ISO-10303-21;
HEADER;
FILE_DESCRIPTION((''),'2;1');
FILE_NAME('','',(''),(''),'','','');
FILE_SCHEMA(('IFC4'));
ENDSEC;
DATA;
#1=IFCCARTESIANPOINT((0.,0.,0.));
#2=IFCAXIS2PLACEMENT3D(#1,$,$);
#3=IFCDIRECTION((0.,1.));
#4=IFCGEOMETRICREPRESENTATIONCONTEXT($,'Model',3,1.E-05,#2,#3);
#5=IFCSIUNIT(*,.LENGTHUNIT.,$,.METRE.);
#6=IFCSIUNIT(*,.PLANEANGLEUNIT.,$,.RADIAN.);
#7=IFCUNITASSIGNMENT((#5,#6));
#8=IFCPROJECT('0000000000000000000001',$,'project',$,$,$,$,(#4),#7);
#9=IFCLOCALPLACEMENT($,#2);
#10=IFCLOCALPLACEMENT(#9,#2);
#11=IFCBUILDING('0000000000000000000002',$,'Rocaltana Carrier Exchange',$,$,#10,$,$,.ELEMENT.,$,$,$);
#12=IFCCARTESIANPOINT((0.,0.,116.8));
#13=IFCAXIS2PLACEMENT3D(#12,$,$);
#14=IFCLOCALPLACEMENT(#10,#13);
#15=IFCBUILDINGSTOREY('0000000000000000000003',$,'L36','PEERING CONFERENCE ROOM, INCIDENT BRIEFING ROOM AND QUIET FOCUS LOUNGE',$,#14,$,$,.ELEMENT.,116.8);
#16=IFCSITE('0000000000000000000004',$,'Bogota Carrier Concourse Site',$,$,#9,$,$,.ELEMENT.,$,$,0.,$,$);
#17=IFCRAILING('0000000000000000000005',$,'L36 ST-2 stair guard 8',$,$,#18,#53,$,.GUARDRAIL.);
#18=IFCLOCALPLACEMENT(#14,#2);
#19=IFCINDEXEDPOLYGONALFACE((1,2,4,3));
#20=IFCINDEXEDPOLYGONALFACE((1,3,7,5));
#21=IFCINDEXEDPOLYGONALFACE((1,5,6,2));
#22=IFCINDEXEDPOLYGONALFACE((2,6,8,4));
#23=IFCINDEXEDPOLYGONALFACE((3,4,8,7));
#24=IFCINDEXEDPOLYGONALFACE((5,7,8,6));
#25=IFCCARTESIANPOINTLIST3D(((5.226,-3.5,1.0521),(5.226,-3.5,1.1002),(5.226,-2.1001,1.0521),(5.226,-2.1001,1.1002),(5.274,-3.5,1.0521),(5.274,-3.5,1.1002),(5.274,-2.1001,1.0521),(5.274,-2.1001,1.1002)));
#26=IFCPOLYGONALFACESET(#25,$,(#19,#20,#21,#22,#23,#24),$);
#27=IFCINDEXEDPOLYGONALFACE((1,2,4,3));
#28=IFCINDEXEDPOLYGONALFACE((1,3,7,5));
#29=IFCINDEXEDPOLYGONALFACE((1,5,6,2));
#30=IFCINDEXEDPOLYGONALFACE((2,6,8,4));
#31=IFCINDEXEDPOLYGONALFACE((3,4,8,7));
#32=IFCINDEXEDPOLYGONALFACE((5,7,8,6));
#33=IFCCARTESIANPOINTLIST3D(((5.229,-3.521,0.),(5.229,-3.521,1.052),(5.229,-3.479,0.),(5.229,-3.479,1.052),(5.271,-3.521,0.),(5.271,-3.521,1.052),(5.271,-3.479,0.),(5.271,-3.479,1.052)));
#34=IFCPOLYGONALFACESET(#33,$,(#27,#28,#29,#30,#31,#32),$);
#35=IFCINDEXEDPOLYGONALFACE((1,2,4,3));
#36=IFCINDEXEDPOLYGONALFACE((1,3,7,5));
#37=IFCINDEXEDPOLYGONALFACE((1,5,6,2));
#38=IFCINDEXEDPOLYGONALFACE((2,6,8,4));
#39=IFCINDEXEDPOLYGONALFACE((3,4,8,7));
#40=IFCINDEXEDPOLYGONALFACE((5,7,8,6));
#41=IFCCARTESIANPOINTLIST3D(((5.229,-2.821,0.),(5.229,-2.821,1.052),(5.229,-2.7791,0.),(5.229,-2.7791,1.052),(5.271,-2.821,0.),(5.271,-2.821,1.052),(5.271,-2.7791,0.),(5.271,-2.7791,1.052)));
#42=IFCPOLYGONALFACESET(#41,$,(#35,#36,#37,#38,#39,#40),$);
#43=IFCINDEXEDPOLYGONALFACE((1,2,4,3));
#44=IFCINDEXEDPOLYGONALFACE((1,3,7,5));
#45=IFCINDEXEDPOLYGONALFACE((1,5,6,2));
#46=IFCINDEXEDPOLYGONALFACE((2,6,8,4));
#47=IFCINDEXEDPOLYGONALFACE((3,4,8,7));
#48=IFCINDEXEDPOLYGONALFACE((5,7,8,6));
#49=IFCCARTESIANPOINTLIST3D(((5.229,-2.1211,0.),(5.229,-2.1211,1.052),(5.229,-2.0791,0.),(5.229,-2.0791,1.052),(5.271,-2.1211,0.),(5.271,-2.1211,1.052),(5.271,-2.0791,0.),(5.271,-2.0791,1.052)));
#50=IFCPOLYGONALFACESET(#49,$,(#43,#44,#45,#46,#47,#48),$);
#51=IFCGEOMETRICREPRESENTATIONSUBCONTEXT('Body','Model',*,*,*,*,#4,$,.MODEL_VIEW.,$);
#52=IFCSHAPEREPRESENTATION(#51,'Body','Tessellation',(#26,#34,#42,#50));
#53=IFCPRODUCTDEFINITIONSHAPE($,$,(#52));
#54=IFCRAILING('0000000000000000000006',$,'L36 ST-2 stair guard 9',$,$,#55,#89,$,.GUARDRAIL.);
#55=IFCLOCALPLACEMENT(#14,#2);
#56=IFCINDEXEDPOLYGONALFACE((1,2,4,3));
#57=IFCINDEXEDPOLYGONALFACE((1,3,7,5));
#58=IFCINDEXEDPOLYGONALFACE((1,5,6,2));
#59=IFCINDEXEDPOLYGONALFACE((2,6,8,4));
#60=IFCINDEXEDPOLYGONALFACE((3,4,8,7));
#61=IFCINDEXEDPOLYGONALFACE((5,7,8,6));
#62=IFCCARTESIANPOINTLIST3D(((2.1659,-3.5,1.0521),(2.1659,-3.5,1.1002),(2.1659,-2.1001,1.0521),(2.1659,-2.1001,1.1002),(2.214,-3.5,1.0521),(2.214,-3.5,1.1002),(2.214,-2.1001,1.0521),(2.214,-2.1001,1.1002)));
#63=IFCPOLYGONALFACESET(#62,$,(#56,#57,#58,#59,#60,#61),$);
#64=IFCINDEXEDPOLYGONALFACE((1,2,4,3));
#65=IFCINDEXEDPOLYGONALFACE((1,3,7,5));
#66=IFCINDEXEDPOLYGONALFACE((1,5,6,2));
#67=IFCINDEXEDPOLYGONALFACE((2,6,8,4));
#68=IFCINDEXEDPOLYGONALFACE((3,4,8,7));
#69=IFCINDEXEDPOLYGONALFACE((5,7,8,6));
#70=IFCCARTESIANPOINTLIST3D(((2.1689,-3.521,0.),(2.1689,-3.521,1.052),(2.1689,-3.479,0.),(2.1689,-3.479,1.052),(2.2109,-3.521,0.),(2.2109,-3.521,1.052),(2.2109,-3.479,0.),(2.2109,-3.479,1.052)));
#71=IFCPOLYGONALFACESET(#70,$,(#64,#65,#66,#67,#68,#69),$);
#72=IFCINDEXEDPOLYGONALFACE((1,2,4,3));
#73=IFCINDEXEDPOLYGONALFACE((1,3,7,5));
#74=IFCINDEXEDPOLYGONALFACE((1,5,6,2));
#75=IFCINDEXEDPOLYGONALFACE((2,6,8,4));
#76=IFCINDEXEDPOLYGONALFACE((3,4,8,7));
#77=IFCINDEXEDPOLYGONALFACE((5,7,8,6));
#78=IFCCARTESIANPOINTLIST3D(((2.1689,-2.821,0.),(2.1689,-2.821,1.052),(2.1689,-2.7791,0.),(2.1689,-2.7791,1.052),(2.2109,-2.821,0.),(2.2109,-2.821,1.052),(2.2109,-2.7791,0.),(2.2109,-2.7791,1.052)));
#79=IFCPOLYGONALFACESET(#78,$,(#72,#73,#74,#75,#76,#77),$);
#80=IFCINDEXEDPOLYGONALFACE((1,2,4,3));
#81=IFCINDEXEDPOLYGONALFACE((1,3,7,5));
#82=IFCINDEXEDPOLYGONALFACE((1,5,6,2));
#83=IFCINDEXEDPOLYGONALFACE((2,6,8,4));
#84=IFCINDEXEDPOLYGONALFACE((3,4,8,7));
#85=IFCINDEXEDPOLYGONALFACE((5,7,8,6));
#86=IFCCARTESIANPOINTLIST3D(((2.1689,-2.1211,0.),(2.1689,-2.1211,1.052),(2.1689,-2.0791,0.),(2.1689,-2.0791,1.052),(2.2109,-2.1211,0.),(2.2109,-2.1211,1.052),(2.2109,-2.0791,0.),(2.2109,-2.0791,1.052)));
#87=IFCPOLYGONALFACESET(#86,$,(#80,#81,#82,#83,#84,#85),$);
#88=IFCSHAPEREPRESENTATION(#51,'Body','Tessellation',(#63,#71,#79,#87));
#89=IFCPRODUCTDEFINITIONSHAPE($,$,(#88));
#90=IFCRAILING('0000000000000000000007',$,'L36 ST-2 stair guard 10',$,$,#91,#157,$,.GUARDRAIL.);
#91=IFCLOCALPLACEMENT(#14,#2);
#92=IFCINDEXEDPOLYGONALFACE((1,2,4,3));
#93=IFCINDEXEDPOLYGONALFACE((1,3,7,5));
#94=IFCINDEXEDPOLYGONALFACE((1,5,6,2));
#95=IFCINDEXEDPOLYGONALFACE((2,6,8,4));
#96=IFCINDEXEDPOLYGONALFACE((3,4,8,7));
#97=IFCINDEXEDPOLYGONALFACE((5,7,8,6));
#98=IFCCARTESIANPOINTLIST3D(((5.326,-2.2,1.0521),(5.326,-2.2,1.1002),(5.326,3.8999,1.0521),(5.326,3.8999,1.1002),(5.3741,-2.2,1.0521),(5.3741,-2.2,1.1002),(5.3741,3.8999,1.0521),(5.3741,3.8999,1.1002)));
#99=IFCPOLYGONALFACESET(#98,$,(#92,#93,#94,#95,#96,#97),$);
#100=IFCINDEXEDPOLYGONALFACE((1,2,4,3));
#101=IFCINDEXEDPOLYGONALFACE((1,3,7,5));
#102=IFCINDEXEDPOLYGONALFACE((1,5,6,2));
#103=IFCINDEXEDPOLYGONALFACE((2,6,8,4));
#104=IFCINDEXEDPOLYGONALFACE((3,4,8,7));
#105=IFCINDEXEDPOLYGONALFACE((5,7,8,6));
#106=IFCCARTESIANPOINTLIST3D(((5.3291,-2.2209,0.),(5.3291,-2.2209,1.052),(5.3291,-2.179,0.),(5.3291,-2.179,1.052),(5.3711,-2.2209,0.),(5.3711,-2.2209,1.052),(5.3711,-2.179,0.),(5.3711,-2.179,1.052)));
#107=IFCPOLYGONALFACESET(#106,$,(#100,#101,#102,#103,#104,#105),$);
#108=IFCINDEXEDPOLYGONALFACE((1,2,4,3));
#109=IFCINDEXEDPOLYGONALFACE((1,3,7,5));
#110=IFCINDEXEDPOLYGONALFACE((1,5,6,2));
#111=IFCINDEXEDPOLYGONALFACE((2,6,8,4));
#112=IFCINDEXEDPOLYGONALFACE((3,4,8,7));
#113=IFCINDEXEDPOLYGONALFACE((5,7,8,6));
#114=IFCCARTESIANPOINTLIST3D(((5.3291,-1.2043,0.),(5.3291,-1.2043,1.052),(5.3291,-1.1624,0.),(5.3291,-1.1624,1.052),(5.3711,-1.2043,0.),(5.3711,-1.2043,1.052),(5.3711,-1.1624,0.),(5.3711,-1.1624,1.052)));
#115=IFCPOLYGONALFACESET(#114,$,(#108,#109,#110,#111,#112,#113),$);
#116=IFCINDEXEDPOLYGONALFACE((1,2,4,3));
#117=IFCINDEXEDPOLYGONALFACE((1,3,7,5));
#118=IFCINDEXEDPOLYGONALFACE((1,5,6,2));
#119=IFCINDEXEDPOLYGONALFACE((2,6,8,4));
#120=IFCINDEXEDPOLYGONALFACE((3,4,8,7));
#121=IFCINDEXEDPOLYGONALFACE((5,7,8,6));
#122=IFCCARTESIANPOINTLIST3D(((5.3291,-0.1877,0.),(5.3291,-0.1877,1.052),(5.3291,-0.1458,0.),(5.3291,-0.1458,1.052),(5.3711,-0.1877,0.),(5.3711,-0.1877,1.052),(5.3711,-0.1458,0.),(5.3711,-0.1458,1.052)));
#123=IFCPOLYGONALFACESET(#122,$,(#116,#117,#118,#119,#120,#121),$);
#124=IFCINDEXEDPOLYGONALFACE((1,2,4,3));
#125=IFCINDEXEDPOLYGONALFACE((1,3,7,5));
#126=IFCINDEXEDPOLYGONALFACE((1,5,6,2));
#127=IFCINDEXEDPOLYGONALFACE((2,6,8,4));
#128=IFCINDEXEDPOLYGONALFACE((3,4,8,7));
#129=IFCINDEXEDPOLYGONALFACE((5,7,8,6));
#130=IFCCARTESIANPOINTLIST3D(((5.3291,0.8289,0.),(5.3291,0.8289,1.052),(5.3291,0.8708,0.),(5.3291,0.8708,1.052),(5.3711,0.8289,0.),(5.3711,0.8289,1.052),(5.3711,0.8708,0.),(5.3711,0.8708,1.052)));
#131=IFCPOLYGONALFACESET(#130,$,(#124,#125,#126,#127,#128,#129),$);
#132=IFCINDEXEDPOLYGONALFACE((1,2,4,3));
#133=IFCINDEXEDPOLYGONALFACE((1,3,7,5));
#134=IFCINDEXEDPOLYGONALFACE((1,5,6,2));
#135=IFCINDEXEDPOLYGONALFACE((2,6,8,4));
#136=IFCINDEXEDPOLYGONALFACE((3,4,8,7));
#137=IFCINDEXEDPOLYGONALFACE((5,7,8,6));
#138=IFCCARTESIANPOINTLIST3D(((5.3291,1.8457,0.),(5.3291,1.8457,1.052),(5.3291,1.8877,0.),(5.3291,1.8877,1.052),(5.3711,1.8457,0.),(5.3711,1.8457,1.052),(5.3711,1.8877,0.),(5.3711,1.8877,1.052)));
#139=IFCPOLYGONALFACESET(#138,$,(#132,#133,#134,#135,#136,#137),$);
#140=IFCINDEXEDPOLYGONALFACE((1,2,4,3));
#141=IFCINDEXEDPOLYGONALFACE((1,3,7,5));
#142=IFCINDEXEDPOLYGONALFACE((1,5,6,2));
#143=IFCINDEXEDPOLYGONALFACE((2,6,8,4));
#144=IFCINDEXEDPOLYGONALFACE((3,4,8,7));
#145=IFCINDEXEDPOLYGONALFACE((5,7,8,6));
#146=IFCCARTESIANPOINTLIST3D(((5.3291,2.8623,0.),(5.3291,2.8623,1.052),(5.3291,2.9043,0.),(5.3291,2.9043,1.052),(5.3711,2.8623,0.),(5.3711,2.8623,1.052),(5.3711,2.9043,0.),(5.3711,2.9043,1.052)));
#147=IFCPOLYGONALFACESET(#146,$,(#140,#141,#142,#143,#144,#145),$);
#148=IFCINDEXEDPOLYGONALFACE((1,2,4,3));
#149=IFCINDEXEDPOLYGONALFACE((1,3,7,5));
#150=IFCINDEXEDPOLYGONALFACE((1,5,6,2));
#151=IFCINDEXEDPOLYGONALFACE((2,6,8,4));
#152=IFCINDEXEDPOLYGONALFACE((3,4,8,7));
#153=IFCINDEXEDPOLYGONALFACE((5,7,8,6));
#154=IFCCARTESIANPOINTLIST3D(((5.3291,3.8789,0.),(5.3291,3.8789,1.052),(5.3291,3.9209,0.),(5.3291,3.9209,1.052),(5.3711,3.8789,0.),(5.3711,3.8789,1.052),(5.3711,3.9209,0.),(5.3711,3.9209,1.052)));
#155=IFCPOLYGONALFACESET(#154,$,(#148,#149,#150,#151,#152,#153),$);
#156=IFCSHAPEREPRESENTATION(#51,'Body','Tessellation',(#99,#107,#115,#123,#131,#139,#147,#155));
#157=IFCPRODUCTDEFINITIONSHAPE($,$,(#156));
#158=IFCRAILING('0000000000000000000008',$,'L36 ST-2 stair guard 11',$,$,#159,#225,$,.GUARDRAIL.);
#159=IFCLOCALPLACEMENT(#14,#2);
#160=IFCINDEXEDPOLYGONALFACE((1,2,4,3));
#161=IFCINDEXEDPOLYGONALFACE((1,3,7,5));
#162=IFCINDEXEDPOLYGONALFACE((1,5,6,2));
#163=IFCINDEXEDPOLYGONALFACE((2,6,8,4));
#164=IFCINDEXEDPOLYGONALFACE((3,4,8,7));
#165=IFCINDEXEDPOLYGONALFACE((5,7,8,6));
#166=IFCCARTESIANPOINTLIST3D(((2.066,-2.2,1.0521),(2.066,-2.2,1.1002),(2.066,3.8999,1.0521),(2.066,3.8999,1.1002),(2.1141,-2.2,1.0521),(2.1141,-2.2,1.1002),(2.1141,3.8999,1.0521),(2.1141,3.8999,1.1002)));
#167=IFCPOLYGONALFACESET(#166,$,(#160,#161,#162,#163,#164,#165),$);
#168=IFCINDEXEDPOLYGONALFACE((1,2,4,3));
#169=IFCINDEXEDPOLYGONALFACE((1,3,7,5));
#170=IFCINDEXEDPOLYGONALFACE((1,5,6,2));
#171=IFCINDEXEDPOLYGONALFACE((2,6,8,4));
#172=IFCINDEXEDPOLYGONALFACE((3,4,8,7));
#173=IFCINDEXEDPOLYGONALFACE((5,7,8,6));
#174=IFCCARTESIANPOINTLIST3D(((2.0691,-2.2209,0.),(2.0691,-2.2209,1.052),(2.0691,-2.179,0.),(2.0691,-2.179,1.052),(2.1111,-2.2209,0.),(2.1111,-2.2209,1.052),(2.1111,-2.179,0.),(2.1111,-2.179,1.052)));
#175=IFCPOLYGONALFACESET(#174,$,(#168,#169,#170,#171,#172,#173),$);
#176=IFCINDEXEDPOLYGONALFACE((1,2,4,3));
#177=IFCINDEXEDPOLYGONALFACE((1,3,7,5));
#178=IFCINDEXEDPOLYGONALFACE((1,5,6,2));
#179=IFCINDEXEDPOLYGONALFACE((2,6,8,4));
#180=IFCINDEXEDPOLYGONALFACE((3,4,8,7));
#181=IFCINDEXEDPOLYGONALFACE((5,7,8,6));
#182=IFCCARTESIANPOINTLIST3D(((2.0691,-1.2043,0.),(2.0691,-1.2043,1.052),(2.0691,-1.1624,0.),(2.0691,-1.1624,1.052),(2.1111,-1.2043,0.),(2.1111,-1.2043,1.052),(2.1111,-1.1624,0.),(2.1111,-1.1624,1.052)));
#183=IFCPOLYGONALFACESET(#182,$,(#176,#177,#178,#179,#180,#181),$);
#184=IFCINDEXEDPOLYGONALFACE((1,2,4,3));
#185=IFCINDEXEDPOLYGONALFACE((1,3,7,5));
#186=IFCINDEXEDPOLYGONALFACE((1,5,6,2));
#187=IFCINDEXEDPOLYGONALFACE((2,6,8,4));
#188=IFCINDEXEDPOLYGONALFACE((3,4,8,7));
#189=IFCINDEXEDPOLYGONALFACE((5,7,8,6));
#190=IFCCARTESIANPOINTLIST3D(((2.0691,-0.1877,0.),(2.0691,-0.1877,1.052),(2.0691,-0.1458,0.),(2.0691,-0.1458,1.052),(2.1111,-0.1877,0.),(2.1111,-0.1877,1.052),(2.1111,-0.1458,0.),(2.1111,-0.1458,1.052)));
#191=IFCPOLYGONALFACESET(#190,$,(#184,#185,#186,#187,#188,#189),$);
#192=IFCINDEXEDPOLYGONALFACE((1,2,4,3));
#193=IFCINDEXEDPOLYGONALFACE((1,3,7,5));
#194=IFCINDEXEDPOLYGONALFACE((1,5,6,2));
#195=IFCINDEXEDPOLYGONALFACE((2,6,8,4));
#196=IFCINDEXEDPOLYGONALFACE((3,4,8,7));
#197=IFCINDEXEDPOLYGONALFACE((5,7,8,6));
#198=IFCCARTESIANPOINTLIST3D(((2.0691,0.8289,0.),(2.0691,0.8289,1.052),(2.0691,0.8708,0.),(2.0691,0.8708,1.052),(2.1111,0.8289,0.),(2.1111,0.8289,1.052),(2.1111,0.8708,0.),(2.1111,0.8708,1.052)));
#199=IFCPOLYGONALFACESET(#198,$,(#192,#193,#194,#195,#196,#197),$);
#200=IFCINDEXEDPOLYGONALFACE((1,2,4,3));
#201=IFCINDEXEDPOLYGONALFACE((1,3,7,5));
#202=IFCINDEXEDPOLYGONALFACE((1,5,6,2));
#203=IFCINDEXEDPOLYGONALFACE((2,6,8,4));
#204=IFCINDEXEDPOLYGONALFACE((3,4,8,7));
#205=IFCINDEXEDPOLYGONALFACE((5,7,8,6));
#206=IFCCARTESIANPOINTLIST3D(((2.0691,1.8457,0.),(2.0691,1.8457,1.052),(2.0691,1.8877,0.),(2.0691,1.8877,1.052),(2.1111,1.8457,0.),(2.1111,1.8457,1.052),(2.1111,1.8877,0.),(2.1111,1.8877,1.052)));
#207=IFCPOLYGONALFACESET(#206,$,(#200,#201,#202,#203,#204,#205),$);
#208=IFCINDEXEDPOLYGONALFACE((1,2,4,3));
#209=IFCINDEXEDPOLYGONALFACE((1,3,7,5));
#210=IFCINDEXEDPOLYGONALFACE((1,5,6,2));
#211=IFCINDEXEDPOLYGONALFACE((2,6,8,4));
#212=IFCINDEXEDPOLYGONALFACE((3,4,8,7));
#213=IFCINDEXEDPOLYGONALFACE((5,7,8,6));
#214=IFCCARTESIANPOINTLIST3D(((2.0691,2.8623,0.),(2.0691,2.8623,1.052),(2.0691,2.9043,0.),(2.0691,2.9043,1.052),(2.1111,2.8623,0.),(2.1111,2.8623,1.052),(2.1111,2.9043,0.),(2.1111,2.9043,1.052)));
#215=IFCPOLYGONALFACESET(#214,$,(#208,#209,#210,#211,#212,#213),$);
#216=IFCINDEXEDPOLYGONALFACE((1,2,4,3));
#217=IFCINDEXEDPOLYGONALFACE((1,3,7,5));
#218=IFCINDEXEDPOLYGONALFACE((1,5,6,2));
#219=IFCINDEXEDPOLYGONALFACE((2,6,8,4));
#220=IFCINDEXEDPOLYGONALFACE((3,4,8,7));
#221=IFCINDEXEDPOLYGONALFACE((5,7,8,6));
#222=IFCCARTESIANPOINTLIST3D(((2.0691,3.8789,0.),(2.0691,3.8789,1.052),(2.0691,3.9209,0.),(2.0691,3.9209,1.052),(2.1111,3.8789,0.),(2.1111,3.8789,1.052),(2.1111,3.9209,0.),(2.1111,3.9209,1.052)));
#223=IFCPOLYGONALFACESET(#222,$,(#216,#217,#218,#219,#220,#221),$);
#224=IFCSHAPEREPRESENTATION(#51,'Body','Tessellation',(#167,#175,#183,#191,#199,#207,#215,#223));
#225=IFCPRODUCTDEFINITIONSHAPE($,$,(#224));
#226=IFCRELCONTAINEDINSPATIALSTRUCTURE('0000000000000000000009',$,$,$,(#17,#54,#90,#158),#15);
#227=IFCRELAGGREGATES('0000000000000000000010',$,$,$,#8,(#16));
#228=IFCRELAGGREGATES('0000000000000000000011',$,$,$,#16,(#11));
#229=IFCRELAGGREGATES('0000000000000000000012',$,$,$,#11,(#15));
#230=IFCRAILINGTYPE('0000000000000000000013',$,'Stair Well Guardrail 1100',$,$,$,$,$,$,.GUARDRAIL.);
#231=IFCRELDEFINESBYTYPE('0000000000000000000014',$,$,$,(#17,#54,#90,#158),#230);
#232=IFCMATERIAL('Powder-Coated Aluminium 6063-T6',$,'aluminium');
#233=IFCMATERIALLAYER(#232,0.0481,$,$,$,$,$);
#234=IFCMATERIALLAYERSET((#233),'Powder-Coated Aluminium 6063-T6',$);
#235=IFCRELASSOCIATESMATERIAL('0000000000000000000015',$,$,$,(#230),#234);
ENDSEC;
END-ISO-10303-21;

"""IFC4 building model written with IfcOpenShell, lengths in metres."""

from ifc_helpers import new_model, si_unit, direction, frame, origin, origin_2d, place, context, subcontext, project, spatial, rectangle, extrude, material, layer, layer_set, type_object, element, save


model = new_model("IFC4")

# Units and contexts
model_context = context("Model", 3, precision=1e-05, world=origin(), true_north=direction((0.0, 1.0)))
body_context = subcontext(model_context, "Body", "Model", "MODEL_VIEW")
ifc_project = project(units=[si_unit("LENGTHUNIT", "METRE"), si_unit("PLANEANGLEUNIT", "RADIAN")], contexts=[model_context])

# Site, building, storey
site_placement = place(None, origin())
site = spatial("IfcSite", under=ifc_project, at=site_placement, Name="Bogota Carrier Concourse Site", CompositionType="ELEMENT", RefElevation=0.0)
building_placement = place(site_placement, origin())
building = spatial("IfcBuilding", under=site, at=building_placement, Name="Rocaltana Carrier Exchange", CompositionType="ELEMENT")
storey_placement = place(building_placement, frame((0.0, 0.0, 116.8)))
storey = spatial("IfcBuildingStorey", under=building, at=storey_placement, Name="L36", Description="PEERING CONFERENCE ROOM, INCIDENT BRIEFING ROOM AND QUIET FOCUS LOUNGE", CompositionType="ELEMENT", Elevation=116.8)

# Railings
ifc_material_1 = material(Name="Powder-Coated Aluminium 6063-T6", Category="aluminium")
ifc_layer_1 = layer(ifc_material_1, 0.0481)
ifc_layer_set_1 = layer_set([ifc_layer_1], Name="Powder-Coated Aluminium 6063-T6")
railing_type_1 = type_object("IfcRailingType", Name="Stair Well Guardrail 1100", PredefinedType="GUARDRAIL", material=ifc_layer_set_1)
for number, where, name in (
    (1, (5.25, -3.5, 0.0), "L36 ST-2 stair guard 8"),
    (2, (2.1899, -3.5, 0.0), "L36 ST-2 stair guard 9"),
):
    element("IfcRailing", number, at=place(storey_placement, frame(where)), inside=storey, type_object=railing_type_1, Name=name, PredefinedType="GUARDRAIL", context=body_context, shape_type="SweptSolid", body=[
        extrude(rectangle(XDim=0.0481, YDim=0.0481, at=origin_2d()), frame((0.0, 0.0, 1.0762), z_axis=(0.0, 1.0, 0.0), x_axis=(-1.0, 0.0, 0.0)), (0.0, 0.0, 1.0), 1.3999),
        extrude(rectangle(XDim=0.042, YDim=0.042, at=origin_2d()), origin(), (0.0, 0.0, 1.0), 1.052),
        extrude(rectangle(XDim=0.042, YDim=0.042, at=origin_2d()), frame((0.0, 0.7, 0.0)), (0.0, 0.0, 1.0), 1.052),
        extrude(rectangle(XDim=0.042, YDim=0.042, at=origin_2d()), frame((0.0, 1.3999, 0.0)), (0.0, 0.0, 1.0), 1.052),
    ])
for number, where, name in (
    (3, (5.3501, -2.2, 0.0), "L36 ST-2 stair guard 10"),
    (4, (2.0901, -2.2, 0.0), "L36 ST-2 stair guard 11"),
):
    element("IfcRailing", number, at=place(storey_placement, frame(where)), inside=storey, type_object=railing_type_1, Name=name, PredefinedType="GUARDRAIL", context=body_context, shape_type="SweptSolid", body=[
        extrude(rectangle(XDim=0.0481, YDim=0.0481, at=origin_2d()), frame((0.0, 0.0, 1.0762), z_axis=(0.0, 1.0, 0.0), x_axis=(-1.0, 0.0, 0.0)), (0.0, 0.0, 1.0), 6.0999),
        extrude(rectangle(XDim=0.042, YDim=0.042, at=origin_2d()), origin(), (0.0, 0.0, 1.0), 1.052),
        extrude(rectangle(XDim=0.042, YDim=0.042, at=origin_2d()), frame((0.0, 1.0166, 0.0)), (0.0, 0.0, 1.0), 1.052),
        extrude(rectangle(XDim=0.042, YDim=0.042, at=origin_2d()), frame((0.0, 2.0332, 0.0)), (0.0, 0.0, 1.0), 1.052),
        extrude(rectangle(XDim=0.042, YDim=0.042, at=origin_2d()), frame((0.0, 3.0498, 0.0)), (0.0, 0.0, 1.0), 1.052),
        extrude(rectangle(XDim=0.042, YDim=0.042, at=origin_2d()), frame((0.0, 4.0667, 0.0)), (0.0, 0.0, 1.0), 1.052),
        extrude(rectangle(XDim=0.042, YDim=0.042, at=origin_2d()), frame((0.0, 5.0833, 0.0)), (0.0, 0.0, 1.0), 1.052),
        extrude(rectangle(XDim=0.042, YDim=0.042, at=origin_2d()), frame((0.0, 6.0999, 0.0)), (0.0, 0.0, 1.0), 1.052),
    ])

save(model, "model.ifc")
